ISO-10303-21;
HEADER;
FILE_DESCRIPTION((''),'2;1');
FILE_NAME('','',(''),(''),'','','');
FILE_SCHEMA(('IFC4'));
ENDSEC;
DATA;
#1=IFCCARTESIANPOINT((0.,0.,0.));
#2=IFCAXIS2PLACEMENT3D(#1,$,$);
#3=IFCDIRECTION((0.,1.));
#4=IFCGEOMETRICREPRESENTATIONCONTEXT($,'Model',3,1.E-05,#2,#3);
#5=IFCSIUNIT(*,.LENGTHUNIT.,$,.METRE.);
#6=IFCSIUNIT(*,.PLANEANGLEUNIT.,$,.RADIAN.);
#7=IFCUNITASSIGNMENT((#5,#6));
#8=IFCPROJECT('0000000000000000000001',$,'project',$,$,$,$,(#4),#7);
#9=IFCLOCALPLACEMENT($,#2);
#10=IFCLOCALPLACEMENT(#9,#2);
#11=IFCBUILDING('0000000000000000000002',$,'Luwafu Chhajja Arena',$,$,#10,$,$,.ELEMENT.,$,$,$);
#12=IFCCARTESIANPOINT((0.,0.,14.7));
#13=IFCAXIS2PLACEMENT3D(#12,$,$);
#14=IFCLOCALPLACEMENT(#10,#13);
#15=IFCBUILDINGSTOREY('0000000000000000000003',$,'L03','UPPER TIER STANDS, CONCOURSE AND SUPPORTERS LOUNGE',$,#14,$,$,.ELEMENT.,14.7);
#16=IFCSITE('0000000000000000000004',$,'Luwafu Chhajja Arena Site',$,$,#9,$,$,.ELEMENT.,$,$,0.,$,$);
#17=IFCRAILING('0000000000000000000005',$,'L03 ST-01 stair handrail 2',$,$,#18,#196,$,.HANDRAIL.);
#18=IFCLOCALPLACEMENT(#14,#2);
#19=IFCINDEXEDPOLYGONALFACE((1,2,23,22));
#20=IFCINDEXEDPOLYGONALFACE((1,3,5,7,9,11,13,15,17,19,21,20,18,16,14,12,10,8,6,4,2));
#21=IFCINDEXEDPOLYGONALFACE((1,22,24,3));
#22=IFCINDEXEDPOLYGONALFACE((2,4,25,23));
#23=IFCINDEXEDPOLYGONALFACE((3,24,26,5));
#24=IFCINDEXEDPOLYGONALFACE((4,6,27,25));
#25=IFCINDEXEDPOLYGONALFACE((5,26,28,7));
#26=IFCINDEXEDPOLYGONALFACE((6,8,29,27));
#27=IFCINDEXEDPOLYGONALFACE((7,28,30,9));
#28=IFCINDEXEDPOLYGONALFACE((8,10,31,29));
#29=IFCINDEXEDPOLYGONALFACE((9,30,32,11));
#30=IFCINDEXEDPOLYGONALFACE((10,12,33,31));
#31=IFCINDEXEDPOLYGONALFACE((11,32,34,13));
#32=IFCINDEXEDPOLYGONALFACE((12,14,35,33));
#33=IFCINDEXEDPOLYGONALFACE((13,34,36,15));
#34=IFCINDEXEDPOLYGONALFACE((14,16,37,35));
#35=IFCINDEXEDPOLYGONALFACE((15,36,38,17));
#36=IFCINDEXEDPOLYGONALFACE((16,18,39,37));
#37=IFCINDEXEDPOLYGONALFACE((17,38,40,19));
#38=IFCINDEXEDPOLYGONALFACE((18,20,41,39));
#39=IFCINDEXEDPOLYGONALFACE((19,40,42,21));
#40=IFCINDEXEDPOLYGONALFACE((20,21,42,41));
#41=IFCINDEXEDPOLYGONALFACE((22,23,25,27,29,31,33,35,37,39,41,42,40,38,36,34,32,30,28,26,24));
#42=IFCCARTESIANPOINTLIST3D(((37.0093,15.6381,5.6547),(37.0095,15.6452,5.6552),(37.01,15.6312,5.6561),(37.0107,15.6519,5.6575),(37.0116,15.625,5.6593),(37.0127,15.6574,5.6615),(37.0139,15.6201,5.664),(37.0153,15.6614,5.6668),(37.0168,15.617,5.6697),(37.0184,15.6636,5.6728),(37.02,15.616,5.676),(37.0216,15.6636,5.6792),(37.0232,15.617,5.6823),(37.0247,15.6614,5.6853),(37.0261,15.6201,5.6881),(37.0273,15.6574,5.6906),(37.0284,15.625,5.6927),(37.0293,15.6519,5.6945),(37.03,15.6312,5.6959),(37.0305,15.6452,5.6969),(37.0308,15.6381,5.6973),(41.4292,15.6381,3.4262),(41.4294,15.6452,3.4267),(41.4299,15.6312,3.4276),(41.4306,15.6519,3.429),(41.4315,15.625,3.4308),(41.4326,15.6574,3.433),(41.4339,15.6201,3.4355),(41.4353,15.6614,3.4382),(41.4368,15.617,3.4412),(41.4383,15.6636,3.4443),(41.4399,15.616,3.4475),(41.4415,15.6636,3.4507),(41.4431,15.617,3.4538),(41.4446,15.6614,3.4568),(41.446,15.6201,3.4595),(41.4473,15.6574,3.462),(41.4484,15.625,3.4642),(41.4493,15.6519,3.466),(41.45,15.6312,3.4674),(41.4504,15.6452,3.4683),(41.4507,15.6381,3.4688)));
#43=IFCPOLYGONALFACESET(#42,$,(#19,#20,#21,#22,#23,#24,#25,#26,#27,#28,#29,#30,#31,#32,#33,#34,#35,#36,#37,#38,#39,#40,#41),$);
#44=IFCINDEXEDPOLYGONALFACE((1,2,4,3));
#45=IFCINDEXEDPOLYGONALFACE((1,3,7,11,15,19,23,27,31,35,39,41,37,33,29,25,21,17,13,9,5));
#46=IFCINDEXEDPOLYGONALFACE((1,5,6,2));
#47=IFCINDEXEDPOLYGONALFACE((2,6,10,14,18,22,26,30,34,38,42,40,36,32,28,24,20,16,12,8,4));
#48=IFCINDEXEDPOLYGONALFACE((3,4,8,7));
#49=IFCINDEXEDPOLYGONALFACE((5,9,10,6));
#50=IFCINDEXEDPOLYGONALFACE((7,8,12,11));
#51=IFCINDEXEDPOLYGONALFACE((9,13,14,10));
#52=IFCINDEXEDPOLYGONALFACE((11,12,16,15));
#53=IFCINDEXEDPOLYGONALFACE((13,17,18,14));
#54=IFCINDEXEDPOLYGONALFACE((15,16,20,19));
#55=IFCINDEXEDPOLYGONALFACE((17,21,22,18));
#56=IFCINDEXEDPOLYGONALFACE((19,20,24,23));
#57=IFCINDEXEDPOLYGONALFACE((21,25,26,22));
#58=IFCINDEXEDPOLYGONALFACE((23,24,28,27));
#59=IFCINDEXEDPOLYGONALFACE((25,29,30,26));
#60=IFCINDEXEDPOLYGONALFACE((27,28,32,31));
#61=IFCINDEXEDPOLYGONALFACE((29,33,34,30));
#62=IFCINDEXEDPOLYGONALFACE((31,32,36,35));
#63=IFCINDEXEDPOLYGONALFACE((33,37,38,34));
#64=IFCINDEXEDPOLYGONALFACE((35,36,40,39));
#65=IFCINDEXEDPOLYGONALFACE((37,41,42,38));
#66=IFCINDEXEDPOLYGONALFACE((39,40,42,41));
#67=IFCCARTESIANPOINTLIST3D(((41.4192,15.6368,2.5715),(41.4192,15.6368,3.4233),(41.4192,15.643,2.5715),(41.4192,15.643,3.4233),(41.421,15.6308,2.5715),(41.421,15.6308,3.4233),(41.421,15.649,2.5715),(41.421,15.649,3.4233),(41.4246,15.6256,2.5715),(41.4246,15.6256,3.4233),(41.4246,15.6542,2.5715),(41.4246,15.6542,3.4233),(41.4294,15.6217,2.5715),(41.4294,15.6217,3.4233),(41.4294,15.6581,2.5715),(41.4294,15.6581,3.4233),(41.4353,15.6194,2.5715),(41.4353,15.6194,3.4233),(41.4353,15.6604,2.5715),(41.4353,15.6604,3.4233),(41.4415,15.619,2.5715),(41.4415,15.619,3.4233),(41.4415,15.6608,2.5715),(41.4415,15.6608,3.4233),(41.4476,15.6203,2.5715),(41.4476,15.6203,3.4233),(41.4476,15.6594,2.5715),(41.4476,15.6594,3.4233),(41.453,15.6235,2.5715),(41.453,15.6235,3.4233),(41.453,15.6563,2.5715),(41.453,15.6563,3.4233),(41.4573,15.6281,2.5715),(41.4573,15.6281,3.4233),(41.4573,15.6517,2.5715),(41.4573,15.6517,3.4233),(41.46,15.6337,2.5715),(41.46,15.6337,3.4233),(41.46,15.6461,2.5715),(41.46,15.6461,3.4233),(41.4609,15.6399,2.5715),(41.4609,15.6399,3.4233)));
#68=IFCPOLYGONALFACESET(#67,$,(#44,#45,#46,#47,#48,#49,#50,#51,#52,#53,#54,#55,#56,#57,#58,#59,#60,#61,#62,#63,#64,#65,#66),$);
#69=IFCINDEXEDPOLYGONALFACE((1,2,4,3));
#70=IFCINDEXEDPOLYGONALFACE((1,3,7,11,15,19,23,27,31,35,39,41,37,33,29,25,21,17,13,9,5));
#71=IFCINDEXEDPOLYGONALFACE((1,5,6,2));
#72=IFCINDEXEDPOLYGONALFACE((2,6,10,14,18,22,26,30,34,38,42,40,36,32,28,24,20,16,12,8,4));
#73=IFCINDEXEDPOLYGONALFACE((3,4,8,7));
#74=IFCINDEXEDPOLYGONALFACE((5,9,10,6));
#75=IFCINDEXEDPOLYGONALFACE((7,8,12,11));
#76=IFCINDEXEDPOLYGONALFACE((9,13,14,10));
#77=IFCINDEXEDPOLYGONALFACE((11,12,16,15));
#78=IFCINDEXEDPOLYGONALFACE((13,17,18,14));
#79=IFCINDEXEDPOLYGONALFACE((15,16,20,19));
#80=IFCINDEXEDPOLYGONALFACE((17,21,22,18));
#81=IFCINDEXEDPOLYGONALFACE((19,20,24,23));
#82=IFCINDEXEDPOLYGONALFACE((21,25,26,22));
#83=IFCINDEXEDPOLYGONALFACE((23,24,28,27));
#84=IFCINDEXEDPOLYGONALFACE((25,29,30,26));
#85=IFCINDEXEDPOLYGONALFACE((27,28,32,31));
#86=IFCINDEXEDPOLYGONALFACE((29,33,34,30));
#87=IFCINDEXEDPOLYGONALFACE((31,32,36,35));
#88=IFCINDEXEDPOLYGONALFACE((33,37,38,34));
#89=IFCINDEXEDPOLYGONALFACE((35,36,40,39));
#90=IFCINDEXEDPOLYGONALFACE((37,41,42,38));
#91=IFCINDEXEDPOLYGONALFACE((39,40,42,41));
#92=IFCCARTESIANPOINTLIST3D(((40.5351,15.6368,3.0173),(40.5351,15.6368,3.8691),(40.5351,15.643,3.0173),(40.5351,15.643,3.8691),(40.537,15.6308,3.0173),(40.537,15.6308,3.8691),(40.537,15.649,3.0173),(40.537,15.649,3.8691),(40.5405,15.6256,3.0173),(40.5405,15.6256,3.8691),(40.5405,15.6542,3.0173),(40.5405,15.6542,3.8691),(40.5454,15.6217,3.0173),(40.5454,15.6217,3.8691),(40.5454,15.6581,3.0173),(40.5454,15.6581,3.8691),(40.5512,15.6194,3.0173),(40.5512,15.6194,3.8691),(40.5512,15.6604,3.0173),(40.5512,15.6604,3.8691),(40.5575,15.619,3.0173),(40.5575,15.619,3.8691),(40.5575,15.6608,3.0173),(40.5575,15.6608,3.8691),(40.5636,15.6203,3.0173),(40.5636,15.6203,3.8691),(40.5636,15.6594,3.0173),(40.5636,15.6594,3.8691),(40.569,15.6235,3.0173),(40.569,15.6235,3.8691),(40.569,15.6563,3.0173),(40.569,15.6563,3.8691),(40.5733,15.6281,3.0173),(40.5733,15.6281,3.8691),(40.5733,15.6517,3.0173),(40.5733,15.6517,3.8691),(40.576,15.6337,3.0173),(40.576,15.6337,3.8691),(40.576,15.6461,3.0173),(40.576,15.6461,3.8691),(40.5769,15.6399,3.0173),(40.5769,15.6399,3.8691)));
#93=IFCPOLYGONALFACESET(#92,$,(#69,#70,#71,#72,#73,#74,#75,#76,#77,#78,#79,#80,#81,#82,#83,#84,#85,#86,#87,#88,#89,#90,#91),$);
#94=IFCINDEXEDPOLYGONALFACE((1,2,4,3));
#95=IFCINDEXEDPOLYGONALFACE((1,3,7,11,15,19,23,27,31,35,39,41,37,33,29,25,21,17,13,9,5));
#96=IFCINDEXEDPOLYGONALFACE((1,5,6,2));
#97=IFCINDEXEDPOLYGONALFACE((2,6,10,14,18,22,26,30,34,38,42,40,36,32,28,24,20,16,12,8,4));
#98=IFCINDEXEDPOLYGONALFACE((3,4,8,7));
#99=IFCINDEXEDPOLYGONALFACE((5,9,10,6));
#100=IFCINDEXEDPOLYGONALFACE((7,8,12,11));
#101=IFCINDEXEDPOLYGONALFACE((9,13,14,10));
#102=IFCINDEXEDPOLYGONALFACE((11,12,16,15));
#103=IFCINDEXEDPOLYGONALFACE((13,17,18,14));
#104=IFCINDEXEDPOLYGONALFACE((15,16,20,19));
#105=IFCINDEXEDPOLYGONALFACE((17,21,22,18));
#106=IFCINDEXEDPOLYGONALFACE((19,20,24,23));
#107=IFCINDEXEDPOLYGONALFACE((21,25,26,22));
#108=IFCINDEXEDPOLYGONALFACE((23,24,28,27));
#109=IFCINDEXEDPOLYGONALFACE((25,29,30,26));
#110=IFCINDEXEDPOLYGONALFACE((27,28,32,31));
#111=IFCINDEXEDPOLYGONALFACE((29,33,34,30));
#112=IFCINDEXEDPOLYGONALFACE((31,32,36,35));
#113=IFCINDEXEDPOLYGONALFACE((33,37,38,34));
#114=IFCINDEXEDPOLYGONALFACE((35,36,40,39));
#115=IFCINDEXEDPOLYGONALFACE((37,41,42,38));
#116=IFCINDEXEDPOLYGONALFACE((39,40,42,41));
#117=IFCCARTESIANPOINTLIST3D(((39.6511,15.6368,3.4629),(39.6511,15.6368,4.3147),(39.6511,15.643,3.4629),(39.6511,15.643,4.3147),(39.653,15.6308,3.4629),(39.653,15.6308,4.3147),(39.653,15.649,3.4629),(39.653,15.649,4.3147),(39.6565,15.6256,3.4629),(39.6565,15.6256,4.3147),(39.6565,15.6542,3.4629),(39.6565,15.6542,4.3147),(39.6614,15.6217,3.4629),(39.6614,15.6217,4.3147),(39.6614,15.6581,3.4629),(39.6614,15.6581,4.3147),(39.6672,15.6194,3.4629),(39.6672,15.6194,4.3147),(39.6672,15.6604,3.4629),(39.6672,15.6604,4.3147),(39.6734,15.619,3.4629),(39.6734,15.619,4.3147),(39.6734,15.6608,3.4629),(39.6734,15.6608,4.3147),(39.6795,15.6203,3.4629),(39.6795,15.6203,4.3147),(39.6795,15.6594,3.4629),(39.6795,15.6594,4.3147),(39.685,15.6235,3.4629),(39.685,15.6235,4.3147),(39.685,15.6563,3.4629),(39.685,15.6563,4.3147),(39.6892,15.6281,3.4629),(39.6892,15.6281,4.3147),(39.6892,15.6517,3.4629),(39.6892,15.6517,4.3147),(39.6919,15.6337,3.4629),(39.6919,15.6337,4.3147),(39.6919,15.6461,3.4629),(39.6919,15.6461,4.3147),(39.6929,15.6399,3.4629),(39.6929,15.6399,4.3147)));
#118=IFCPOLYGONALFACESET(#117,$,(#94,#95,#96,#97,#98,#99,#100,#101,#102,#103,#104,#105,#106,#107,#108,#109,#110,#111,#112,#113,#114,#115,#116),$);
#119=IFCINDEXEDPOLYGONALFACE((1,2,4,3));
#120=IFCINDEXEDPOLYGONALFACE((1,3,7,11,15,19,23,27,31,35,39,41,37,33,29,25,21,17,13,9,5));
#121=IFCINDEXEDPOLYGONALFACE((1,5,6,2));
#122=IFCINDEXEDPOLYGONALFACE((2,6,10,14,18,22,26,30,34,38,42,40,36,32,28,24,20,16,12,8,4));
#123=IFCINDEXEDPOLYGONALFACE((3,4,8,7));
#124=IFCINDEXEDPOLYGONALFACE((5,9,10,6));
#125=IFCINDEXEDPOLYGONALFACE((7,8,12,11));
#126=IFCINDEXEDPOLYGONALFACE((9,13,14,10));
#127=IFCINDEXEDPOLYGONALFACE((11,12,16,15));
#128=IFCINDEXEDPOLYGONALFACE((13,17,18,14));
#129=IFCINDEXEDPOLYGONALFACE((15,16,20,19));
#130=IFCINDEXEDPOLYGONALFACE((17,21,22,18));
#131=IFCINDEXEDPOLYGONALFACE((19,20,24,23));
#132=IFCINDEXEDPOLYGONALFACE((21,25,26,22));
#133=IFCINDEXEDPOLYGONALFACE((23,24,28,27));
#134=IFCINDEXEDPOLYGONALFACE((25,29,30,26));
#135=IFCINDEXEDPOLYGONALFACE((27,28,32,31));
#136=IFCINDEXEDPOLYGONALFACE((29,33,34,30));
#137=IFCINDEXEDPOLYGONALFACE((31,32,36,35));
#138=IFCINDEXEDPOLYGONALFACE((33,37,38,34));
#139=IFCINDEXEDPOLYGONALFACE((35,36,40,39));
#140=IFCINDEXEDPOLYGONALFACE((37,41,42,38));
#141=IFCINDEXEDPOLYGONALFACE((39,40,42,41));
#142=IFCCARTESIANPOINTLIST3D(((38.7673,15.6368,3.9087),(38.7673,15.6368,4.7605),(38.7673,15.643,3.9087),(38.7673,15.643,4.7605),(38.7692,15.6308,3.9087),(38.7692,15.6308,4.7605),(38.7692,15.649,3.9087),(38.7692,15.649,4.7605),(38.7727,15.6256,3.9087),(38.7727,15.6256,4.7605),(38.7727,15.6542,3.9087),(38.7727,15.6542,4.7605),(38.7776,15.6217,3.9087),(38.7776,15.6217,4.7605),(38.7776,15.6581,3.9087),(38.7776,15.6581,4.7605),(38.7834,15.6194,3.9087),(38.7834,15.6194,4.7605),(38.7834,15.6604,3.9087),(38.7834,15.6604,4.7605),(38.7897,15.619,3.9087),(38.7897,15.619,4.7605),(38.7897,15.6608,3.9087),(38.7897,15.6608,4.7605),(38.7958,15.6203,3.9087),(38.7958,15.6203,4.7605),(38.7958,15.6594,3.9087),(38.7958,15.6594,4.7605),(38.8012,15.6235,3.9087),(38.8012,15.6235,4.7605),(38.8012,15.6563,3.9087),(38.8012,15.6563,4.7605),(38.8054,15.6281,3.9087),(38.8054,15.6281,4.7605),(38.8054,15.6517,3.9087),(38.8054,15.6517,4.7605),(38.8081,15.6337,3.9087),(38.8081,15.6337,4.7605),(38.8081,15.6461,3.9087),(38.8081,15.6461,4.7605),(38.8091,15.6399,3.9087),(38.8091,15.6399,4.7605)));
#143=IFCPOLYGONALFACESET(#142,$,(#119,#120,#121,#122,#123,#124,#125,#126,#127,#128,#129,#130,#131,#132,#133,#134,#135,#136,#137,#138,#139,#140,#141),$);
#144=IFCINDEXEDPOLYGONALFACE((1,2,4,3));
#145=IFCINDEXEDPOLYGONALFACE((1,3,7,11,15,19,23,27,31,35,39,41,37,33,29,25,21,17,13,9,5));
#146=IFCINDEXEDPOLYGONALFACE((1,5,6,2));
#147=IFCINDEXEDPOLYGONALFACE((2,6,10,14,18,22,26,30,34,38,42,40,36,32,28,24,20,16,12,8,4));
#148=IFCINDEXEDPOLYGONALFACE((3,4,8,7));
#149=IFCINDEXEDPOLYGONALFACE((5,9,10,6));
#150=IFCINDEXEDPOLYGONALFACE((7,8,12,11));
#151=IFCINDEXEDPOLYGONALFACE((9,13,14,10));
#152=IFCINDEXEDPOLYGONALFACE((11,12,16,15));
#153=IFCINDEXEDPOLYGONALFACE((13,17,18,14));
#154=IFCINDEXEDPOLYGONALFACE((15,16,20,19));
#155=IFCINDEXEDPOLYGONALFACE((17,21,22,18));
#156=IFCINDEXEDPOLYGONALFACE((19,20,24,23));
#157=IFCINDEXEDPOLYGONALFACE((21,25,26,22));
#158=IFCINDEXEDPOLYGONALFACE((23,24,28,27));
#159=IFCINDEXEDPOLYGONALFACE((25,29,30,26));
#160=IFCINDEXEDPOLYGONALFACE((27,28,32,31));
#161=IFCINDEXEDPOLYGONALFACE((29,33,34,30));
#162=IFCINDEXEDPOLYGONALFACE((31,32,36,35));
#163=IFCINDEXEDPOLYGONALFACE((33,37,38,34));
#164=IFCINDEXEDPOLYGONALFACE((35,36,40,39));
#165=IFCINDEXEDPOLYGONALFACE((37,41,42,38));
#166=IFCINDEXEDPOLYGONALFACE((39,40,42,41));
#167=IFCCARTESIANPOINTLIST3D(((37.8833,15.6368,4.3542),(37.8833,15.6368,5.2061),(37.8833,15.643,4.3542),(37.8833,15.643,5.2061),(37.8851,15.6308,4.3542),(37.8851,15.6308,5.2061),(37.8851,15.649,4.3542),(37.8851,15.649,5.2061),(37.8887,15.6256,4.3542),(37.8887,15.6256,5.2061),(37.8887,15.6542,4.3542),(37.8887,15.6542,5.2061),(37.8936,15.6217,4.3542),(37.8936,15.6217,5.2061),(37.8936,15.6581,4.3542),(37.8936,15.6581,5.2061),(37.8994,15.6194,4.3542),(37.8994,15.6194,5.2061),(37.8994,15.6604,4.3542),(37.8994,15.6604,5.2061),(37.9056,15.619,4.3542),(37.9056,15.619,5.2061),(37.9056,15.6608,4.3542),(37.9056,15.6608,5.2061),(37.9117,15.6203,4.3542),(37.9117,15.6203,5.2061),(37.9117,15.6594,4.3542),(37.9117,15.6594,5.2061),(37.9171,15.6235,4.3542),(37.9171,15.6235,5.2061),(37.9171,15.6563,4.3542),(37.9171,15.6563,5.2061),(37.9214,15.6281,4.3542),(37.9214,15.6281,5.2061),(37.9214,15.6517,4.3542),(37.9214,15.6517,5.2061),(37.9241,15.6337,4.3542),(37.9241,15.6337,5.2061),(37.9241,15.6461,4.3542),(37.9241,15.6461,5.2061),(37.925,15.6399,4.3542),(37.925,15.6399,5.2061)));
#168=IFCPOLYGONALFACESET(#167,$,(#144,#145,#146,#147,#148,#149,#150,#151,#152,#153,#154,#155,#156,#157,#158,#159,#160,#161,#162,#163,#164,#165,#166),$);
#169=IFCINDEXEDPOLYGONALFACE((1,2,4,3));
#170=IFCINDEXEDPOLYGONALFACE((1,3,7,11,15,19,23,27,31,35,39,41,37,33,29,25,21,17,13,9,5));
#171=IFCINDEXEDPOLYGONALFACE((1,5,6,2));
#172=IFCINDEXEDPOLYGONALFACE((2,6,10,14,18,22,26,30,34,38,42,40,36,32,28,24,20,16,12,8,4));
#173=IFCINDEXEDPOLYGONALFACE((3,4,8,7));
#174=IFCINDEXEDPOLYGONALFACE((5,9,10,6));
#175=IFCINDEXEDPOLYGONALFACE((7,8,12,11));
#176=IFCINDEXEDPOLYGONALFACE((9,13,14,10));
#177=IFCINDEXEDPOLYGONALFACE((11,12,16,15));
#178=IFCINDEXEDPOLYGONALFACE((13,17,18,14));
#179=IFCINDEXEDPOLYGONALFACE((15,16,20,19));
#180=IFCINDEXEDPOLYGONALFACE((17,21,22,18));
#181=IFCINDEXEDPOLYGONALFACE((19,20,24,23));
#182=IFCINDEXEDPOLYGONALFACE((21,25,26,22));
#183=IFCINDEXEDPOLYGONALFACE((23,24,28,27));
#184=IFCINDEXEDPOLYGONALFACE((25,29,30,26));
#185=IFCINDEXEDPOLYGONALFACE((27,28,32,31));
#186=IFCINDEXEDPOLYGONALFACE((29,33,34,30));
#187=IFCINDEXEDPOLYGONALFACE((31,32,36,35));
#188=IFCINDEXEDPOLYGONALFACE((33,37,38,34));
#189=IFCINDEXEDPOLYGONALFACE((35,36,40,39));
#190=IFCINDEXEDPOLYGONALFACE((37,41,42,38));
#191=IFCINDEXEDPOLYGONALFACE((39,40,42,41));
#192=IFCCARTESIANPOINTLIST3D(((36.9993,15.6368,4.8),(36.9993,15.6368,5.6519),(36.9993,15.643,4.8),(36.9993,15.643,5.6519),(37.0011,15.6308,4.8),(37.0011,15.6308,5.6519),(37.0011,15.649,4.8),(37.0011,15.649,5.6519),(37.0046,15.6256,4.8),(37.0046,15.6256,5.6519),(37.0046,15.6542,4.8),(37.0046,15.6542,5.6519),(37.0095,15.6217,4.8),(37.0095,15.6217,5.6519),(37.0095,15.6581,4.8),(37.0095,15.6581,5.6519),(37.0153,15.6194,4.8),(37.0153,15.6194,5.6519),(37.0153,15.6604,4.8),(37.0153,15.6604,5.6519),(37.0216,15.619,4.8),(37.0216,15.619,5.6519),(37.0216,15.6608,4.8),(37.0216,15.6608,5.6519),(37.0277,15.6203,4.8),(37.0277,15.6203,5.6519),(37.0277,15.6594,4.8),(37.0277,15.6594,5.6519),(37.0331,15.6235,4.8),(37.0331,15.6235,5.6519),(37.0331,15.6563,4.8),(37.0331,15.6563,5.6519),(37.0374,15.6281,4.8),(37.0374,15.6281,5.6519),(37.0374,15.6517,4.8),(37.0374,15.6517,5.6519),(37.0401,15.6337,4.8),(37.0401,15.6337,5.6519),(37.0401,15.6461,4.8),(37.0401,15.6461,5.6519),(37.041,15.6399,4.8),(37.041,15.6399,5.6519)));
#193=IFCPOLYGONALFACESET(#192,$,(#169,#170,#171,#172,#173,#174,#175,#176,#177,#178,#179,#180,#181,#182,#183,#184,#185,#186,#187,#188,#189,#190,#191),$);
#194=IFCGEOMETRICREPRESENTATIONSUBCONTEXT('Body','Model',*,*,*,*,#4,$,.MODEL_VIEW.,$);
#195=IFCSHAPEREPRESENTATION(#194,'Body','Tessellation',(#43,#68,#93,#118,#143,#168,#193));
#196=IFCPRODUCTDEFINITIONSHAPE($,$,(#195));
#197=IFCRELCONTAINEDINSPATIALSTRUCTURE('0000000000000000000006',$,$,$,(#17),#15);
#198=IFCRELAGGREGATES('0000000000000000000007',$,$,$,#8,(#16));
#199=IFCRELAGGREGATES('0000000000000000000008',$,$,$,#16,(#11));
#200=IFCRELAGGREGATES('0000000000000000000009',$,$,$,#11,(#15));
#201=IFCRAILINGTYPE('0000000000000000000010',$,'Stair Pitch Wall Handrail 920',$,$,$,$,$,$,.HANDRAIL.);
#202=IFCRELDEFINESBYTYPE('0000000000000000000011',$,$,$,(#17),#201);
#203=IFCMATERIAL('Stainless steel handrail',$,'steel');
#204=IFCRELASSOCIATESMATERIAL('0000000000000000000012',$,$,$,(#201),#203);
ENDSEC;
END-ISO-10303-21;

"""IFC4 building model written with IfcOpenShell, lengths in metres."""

from ifc_helpers import new_model, si_unit, direction, frame, origin, origin_2d, place, context, subcontext, project, spatial, circle, extrude, material, type_object, element, save


model = new_model("IFC4")

# Units and contexts
model_context = context("Model", 3, precision=1e-05, world=origin(), true_north=direction((0.0, 1.0)))
body_context = subcontext(model_context, "Body", "Model", "MODEL_VIEW")
ifc_project = project(units=[si_unit("LENGTHUNIT", "METRE"), si_unit("PLANEANGLEUNIT", "RADIAN")], contexts=[model_context])

# Site, building, storey
site_placement = place(None, origin())
site = spatial("IfcSite", under=ifc_project, at=site_placement, Name="Luwafu Chhajja Arena Site", CompositionType="ELEMENT", RefElevation=0.0)
building_placement = place(site_placement, origin())
building = spatial("IfcBuilding", under=site, at=building_placement, Name="Luwafu Chhajja Arena", CompositionType="ELEMENT")
storey_placement = place(building_placement, frame((0.0, 0.0, 14.7)))
storey = spatial("IfcBuildingStorey", under=building, at=storey_placement, Name="L03", Description="UPPER TIER STANDS, CONCOURSE AND SUPPORTERS LOUNGE", CompositionType="ELEMENT", Elevation=14.7)

# Railing
ifc_material_1 = material(Name="Stainless steel handrail", Category="steel")
railing_type_1 = type_object("IfcRailingType", Name="Stair Pitch Wall Handrail 920", PredefinedType="HANDRAIL", material=ifc_material_1)
railing_1_placement = place(storey_placement, frame((41.4399, 15.6399, 2.5715)))
element("IfcRailing", 1, at=railing_1_placement, inside=storey, type_object=railing_type_1, Name="L03 ST-01 stair handrail 2", PredefinedType="HANDRAIL", context=body_context, shape_type="SweptSolid", body=[
    extrude(circle(Radius=0.0239, at=origin_2d()), frame((0.0, 0.0, 0.876), z_axis=(-0.892923, 0.0, 0.45021), x_axis=(0.0, -1.0, 0.0)), (0.0, 0.0, 1.0), 4.95),
    extrude(circle(Radius=0.021, at=origin_2d()), origin(), (0.0, 0.0, 1.0), 0.8518),
    extrude(circle(Radius=0.021, at=origin_2d()), frame((-0.884, 0.0, 0.4458)), (0.0, 0.0, 1.0), 0.8518),
    extrude(circle(Radius=0.021, at=origin_2d()), frame((-1.7681, 0.0, 0.8914)), (0.0, 0.0, 1.0), 0.8518),
    extrude(circle(Radius=0.021, at=origin_2d()), frame((-2.6519, 0.0, 1.3372)), (0.0, 0.0, 1.0), 0.8518),
    extrude(circle(Radius=0.021, at=origin_2d()), frame((-3.5359, 0.0, 1.7827)), (0.0, 0.0, 1.0), 0.8518),
    extrude(circle(Radius=0.021, at=origin_2d()), frame((-4.4199, 0.0, 2.2285)), (0.0, 0.0, 1.0), 0.8518),
])

save(model, "model.ifc")
